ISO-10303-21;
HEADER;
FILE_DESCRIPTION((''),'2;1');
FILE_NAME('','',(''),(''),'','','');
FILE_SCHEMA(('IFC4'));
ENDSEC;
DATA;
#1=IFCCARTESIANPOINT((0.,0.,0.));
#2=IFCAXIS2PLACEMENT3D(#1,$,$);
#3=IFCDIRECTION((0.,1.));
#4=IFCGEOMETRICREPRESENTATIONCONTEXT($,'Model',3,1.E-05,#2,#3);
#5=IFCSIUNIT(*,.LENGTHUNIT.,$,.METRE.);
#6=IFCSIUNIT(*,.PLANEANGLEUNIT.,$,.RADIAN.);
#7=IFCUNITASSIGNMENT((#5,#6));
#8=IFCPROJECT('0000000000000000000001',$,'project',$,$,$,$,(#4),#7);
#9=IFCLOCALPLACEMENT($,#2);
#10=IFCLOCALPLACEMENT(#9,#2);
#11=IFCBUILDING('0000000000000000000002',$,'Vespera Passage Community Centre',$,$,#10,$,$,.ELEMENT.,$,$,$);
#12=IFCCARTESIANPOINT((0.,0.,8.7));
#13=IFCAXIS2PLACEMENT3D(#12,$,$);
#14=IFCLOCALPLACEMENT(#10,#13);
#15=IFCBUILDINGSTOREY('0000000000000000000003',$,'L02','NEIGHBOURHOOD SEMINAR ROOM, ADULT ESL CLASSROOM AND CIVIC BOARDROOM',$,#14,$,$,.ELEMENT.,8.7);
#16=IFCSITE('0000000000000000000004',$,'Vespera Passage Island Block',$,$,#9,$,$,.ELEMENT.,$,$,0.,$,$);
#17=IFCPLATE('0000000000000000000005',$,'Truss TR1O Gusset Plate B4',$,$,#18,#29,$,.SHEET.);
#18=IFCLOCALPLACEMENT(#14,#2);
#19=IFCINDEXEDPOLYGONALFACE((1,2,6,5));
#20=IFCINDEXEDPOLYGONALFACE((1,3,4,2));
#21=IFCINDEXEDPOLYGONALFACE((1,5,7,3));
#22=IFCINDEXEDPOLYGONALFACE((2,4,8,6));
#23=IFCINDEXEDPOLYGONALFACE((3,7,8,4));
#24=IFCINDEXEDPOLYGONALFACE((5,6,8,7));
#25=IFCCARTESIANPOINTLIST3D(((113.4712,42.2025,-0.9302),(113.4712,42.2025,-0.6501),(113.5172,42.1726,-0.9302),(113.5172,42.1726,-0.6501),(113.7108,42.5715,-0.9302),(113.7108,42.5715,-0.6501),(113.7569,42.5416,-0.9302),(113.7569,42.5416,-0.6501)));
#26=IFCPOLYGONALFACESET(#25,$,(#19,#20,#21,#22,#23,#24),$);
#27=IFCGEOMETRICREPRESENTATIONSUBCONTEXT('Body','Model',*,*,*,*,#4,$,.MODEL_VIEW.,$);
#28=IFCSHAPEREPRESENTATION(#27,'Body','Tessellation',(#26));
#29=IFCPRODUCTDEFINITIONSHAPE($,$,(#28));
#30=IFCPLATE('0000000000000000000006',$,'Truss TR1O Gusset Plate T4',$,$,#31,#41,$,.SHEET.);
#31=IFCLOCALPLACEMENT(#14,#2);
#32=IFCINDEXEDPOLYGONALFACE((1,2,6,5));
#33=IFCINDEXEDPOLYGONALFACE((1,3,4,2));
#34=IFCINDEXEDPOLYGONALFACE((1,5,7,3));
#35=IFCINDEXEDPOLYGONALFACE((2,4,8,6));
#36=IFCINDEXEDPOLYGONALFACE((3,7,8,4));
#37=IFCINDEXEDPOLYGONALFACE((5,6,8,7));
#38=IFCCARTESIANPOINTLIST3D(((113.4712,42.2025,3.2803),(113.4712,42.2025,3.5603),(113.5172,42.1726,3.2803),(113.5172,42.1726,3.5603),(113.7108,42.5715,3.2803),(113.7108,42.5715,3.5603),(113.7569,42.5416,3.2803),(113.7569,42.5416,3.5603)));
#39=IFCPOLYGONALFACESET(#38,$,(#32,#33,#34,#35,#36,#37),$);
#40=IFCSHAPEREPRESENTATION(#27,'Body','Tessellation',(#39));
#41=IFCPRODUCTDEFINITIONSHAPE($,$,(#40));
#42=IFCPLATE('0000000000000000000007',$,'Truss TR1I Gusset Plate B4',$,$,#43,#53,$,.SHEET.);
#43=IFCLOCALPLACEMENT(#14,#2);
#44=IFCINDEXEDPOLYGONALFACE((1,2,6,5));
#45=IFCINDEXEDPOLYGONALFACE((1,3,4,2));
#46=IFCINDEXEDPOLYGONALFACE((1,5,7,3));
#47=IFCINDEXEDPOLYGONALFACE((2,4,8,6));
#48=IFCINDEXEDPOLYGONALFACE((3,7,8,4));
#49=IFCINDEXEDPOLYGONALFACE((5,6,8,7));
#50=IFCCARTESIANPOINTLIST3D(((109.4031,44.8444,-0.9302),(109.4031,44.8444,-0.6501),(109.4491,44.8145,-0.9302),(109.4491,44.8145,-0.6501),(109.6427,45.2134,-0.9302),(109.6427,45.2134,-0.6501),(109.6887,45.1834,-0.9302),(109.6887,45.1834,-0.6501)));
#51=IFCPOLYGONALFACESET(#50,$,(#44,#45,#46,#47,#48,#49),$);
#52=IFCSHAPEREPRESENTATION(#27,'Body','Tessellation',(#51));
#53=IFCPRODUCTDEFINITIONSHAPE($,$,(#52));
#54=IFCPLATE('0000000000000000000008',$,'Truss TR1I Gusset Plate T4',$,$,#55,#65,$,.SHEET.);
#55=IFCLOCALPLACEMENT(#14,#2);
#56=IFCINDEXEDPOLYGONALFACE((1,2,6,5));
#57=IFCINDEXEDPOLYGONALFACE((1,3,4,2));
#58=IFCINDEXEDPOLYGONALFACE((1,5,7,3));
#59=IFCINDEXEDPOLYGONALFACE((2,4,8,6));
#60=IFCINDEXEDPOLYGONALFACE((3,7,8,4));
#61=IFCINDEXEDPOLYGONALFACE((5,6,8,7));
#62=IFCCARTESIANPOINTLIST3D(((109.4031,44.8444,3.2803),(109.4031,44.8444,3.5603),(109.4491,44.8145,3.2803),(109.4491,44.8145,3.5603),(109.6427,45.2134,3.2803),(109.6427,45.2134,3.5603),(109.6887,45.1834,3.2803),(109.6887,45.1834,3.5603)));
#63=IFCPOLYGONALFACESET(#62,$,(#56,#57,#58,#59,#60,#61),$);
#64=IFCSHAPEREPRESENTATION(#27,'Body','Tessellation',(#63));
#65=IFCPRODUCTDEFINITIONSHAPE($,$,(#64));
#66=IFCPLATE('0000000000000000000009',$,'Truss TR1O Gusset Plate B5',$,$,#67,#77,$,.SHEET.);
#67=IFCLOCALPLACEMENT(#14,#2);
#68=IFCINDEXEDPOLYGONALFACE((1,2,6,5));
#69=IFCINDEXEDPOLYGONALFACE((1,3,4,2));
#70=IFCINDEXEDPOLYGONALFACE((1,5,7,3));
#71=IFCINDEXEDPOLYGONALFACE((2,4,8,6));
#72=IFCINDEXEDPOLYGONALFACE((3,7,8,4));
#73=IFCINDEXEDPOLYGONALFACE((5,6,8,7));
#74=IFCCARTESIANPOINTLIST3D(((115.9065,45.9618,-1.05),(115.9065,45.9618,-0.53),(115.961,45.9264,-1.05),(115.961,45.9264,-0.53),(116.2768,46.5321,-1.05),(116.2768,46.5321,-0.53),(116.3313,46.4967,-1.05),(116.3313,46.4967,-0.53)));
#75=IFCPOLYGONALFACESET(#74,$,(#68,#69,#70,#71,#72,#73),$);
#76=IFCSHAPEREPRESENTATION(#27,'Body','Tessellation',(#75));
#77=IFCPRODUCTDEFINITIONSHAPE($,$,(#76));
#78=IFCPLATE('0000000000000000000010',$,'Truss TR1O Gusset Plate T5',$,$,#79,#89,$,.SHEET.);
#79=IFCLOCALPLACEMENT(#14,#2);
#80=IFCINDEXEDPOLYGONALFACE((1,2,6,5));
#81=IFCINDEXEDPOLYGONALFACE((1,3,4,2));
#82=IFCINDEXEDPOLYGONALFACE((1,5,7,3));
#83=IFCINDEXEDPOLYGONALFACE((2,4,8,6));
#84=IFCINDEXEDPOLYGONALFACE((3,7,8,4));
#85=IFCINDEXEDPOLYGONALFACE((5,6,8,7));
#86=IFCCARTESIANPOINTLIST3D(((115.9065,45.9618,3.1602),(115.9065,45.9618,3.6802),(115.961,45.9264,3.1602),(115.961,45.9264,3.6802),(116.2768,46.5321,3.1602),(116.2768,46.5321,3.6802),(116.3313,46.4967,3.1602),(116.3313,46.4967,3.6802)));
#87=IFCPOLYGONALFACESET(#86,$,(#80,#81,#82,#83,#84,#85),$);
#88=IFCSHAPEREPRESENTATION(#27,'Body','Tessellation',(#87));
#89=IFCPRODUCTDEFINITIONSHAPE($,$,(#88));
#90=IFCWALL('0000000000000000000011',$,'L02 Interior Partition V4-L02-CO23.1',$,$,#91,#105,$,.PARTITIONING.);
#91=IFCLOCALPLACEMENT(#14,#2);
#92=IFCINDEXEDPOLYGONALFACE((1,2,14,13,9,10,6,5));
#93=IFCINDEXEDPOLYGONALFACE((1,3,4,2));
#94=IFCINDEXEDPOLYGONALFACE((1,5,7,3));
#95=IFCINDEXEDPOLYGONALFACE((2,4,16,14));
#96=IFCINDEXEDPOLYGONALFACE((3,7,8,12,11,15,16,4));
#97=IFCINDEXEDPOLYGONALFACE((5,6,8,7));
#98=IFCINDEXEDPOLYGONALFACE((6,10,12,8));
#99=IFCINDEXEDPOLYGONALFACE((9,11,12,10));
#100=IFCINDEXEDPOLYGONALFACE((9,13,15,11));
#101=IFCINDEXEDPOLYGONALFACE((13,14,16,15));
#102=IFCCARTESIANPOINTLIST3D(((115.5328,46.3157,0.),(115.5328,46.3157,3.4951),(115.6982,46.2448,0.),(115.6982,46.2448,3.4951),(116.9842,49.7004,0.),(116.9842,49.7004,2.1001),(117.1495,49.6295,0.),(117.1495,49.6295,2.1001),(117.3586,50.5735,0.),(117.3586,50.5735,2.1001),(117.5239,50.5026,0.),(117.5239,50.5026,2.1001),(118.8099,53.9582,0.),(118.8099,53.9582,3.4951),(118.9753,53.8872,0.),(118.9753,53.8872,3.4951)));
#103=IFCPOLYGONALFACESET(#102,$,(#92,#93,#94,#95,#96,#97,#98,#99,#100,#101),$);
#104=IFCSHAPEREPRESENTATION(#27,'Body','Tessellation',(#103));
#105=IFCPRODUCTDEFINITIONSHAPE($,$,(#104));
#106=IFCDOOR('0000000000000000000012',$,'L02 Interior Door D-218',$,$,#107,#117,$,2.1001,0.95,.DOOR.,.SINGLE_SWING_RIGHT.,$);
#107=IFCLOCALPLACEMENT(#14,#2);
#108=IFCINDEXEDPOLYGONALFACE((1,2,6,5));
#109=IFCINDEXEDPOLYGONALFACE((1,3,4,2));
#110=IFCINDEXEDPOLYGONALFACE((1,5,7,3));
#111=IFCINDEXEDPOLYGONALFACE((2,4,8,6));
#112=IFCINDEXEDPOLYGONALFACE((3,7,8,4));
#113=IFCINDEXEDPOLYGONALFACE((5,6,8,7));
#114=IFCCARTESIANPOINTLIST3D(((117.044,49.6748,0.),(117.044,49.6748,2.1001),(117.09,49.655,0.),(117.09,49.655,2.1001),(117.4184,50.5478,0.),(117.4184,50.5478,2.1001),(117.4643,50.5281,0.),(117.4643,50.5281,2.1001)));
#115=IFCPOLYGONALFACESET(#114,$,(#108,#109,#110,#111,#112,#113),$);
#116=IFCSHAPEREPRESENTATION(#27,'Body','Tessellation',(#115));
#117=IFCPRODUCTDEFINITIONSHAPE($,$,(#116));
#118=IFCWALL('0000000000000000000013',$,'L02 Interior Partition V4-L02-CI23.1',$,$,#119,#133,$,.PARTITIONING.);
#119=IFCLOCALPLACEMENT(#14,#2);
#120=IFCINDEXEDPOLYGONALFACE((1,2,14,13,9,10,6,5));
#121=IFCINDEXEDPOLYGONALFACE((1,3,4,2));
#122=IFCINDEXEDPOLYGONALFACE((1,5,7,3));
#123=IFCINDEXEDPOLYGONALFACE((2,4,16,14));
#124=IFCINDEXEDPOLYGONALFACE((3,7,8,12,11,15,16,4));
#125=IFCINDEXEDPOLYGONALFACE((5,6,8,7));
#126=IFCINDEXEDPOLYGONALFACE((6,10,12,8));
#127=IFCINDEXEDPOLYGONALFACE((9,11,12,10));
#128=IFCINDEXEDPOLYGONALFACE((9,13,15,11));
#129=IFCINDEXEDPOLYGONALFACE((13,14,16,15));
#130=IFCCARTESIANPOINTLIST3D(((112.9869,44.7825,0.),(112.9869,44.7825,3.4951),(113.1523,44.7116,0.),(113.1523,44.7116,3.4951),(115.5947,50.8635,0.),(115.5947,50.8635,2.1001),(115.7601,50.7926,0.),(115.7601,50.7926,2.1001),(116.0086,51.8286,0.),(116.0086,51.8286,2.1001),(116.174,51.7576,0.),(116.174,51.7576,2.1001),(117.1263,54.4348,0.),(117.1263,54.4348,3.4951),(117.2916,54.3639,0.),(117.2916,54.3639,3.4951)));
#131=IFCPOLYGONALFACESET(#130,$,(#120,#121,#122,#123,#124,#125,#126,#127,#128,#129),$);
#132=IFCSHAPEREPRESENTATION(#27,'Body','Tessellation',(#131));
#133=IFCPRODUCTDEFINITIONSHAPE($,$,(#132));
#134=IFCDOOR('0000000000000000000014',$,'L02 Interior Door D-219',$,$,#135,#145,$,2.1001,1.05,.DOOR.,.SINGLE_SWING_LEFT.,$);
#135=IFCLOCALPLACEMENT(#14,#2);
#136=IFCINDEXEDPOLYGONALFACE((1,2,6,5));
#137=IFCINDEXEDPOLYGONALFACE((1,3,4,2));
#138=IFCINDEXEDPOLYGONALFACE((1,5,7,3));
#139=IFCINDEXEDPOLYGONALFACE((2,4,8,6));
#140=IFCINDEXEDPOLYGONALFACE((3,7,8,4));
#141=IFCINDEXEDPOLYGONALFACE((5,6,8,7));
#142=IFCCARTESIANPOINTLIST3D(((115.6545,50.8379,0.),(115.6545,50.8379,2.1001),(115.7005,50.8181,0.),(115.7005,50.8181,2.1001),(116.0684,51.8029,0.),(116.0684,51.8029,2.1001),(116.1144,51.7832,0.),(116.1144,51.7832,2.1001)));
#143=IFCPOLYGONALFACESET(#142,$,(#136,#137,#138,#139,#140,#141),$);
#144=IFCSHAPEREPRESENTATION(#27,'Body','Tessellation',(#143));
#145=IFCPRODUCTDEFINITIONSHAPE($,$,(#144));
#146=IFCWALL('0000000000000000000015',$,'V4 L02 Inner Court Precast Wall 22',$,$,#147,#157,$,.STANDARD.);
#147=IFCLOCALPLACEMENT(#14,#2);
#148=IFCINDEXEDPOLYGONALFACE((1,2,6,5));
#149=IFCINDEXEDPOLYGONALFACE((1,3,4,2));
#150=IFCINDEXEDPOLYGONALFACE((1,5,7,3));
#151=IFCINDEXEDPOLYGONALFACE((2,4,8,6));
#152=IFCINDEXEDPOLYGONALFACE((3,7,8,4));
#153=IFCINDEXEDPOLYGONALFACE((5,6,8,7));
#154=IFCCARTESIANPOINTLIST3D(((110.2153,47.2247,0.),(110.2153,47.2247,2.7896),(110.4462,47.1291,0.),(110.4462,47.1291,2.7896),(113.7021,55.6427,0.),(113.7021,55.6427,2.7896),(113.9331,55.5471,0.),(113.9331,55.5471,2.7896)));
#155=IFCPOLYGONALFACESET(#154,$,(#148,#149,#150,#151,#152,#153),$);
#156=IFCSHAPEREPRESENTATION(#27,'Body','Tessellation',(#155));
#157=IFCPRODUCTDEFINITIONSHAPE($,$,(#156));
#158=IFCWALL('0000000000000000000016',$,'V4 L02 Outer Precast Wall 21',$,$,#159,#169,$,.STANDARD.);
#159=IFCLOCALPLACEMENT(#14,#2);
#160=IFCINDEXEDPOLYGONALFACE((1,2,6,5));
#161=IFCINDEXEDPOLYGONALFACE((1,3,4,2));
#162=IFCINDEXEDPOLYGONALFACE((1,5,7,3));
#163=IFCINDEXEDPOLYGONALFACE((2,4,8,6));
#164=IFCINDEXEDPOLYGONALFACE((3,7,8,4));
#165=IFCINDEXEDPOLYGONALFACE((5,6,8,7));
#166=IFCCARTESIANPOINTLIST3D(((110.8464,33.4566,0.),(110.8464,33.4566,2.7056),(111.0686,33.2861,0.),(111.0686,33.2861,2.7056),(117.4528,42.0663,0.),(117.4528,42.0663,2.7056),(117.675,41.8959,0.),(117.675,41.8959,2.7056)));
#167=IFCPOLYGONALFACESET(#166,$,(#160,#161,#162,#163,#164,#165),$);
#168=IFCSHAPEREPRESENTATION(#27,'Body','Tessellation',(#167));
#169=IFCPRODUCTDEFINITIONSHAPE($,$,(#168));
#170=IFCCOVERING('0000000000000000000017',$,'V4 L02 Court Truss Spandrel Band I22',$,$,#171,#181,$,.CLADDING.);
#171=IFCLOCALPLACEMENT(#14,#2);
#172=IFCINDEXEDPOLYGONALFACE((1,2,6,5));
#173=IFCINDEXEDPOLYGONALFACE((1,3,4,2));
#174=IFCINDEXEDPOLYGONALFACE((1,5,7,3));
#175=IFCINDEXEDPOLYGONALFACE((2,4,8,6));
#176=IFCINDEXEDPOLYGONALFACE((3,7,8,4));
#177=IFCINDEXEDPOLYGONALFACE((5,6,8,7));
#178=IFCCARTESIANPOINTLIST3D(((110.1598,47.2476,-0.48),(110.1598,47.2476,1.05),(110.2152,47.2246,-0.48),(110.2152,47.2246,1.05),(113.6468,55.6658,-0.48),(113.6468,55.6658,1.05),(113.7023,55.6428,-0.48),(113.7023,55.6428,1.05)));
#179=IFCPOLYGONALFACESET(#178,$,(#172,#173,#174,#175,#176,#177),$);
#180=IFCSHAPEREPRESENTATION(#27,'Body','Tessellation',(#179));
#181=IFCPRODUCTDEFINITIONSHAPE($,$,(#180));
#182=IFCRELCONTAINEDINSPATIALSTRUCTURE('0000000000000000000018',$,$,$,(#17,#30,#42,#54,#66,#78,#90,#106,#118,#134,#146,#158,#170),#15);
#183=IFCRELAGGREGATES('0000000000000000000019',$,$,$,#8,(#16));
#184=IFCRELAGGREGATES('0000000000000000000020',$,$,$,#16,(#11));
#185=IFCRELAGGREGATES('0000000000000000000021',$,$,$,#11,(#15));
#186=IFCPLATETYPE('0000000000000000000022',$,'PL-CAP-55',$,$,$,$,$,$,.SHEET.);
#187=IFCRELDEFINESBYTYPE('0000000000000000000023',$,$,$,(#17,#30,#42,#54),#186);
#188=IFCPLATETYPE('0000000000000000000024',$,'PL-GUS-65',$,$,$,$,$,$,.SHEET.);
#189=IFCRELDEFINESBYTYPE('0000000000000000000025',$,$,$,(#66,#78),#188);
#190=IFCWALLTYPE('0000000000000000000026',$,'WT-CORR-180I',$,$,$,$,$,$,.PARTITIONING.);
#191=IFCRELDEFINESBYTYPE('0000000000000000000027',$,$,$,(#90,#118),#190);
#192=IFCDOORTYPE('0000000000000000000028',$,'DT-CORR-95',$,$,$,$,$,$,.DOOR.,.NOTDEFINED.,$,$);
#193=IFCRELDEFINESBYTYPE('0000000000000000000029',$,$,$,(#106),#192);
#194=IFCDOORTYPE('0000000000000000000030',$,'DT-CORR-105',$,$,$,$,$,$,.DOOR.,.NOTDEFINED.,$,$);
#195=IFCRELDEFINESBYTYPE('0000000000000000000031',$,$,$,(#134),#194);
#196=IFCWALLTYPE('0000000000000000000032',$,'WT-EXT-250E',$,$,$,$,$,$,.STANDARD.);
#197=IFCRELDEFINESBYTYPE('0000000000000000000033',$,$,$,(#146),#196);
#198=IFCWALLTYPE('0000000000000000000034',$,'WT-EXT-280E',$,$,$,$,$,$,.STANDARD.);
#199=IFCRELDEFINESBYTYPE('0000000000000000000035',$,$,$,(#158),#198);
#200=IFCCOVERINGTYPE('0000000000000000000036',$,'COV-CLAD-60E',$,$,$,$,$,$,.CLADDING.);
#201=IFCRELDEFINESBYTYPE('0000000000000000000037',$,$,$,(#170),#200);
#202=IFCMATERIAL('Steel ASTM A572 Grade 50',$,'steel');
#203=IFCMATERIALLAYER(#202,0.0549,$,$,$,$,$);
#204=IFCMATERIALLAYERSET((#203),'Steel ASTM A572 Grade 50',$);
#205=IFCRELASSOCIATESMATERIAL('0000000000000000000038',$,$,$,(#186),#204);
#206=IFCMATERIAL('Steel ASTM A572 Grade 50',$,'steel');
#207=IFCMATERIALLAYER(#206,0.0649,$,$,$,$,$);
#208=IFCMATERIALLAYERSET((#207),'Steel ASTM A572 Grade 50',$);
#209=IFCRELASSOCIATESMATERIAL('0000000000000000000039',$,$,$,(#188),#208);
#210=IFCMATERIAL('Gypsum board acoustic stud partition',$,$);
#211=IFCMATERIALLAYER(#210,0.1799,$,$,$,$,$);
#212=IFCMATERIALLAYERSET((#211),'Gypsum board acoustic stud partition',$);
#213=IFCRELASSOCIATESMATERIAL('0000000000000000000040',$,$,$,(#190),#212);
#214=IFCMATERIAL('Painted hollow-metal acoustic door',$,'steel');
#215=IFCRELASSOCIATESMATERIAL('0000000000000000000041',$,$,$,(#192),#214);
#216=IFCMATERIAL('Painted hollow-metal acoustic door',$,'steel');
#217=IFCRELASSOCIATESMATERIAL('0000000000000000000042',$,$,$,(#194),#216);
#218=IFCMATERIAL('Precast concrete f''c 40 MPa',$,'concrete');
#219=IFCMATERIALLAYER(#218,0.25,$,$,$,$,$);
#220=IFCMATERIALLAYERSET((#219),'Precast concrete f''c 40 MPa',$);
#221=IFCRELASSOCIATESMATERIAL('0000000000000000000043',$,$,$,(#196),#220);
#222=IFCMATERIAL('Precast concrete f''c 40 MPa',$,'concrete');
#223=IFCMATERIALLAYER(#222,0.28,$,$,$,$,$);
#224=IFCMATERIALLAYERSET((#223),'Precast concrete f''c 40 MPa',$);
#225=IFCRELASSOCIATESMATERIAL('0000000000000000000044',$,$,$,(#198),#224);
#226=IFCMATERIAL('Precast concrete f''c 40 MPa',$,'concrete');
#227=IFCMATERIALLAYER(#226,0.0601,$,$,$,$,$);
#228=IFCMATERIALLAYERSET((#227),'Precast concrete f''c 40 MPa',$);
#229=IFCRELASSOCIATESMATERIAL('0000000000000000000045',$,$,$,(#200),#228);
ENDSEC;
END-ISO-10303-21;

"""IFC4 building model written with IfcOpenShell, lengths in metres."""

from ifc_helpers import new_model, si_unit, direction, frame, frame_2d, origin, origin_2d, place, context, subcontext, project, spatial, rectangle, extrude, material, layer, layer_set, type_object, element, fill, save


model = new_model("IFC4")

# Units and contexts
model_context = context("Model", 3, precision=1e-05, world=origin(), true_north=direction((0.0, 1.0)))
body_context = subcontext(model_context, "Body", "Model", "MODEL_VIEW")
ifc_project = project(units=[si_unit("LENGTHUNIT", "METRE"), si_unit("PLANEANGLEUNIT", "RADIAN")], contexts=[model_context])

# Site, building, storey
site_placement = place(None, origin())
site = spatial("IfcSite", under=ifc_project, at=site_placement, Name="Vespera Passage Island Block", CompositionType="ELEMENT", RefElevation=0.0)
building_placement = place(site_placement, origin())
building = spatial("IfcBuilding", under=site, at=building_placement, Name="Vespera Passage Community Centre", CompositionType="ELEMENT")
storey_placement = place(building_placement, frame((0.0, 0.0, 8.7)))
storey = spatial("IfcBuildingStorey", under=building, at=storey_placement, Name="L02", Description="NEIGHBOURHOOD SEMINAR ROOM, ADULT ESL CLASSROOM AND CIVIC BOARDROOM", CompositionType="ELEMENT", Elevation=8.7)

# Plates
ifc_material_1 = material(Name="Steel ASTM A572 Grade 50", Category="steel")
ifc_layer_1 = layer(ifc_material_1, 0.0549)
ifc_layer_set_1 = layer_set([ifc_layer_1], Name="Steel ASTM A572 Grade 50")
plate_type_1 = type_object("IfcPlateType", Name="PL-CAP-55", PredefinedType="SHEET", material=ifc_layer_set_1)
for number, where, z_axis, x_axis, name in (
    (1, (113.614, 42.3721, -0.9302), (0.0, 0.0, 1.0), (0.544639, 0.838671, 0.0), "Truss TR1O Gusset Plate B4"),
    (2, (113.614, 42.3721, 3.2803), (0.0, 0.0, 1.0), (0.544639, 0.838671, 0.0), "Truss TR1O Gusset Plate T4"),
    (3, (109.5459, 45.0139, -0.9302), (0.0, 0.0, 1.0), (0.544639, 0.838671, 0.0), "Truss TR1I Gusset Plate B4"),
    (4, (109.5459, 45.0139, 3.2803), (0.0, 0.0, 1.0), (0.544639, 0.838671, 0.0), "Truss TR1I Gusset Plate T4"),
):
    element("IfcPlate", number, at=place(storey_placement, frame(where, z_axis=z_axis, x_axis=x_axis)), inside=storey, type_object=plate_type_1, Name=name, PredefinedType="SHEET", context=body_context, shape_type="SweptSolid", body=[
        extrude(rectangle(XDim=0.4399, YDim=0.0549, at=origin_2d()), origin(), (0.0, 0.0, 1.0), 0.28),
    ])
ifc_material_2 = material(Name="Steel ASTM A572 Grade 50", Category="steel")
ifc_layer_2 = layer(ifc_material_2, 0.0649)
ifc_layer_set_2 = layer_set([ifc_layer_2], Name="Steel ASTM A572 Grade 50")
plate_type_2 = type_object("IfcPlateType", Name="PL-GUS-65", PredefinedType="SHEET", material=ifc_layer_set_2)
for number, where, z_axis, x_axis, name in (
    (5, (116.1189, 46.2292, -1.05), (0.0, 0.0, 1.0), (0.544639, 0.838671, 0.0), "Truss TR1O Gusset Plate B5"),
    (6, (116.1189, 46.2292, 3.1602), (0.0, 0.0, 1.0), (0.544639, 0.838671, 0.0), "Truss TR1O Gusset Plate T5"),
):
    element("IfcPlate", number, at=place(storey_placement, frame(where, z_axis=z_axis, x_axis=x_axis)), inside=storey, type_object=plate_type_2, Name=name, PredefinedType="SHEET", context=body_context, shape_type="SweptSolid", body=[
        extrude(rectangle(XDim=0.6799, YDim=0.0649, at=origin_2d()), origin(), (0.0, 0.0, 1.0), 0.52),
    ])

# Walls, openings, doors
ifc_material_3 = material(Name="Gypsum board acoustic stud partition")
ifc_layer_3 = layer(ifc_material_3, 0.1799)
ifc_layer_set_3 = layer_set([ifc_layer_3], Name="Gypsum board acoustic stud partition")
wall_type_1 = type_object("IfcWallType", Name="WT-CORR-180I", PredefinedType="PARTITIONING", material=ifc_layer_set_3)
wall_1_placement = place(storey_placement, frame((115.6155, 46.2803, 0.0), z_axis=(0.0, 0.0, 1.0), x_axis=(0.394104, 0.919066, 0.0)))
wall_1 = element("IfcWall", 7, at=wall_1_placement, inside=storey, type_object=wall_type_1, Name="L02 Interior Partition V4-L02-CO23.1", PredefinedType="PARTITIONING", context=body_context, shape_type="SweptSolid", body=[
    extrude(rectangle(XDim=8.3154, YDim=0.1799, at=frame_2d((4.1577, 0.0))), origin(), (0.0, 0.0, 1.0), 3.4951),
])
opening_1_placement = place(wall_1_placement, frame((3.6826, 0.0, 0.0)))
opening_1 = element("IfcOpeningElement", 8, at=opening_1_placement, cuts=wall_1, PredefinedType="OPENING", context=body_context, shape_type="SweptSolid", body=[
    extrude(rectangle(XDim=0.95, YDim=2.1001, at=frame_2d((0.4751, 1.05))), frame((0.0, 0.0999, 0.0), z_axis=(0.0, -1.0, 0.0), x_axis=(1.0, 0.0, 0.0)), (0.0, 0.0, 1.0), 0.2),
])
ifc_material_4 = material(Name="Painted hollow-metal acoustic door", Category="steel")
door_type_1 = type_object("IfcDoorType", Name="DT-CORR-95", OperationType="NOTDEFINED", PredefinedType="DOOR", material=ifc_material_4)
door_1_placement = place(opening_1_placement, origin())
door_1 = element("IfcDoor", 9, at=door_1_placement, inside=storey, type_object=door_type_1, Name="L02 Interior Door D-218", OperationType="SINGLE_SWING_RIGHT", OverallHeight=2.1001, OverallWidth=0.95, PredefinedType="DOOR", context=body_context, shape_type="SweptSolid", body=[
    extrude(rectangle(XDim=0.95, YDim=2.1001, at=frame_2d((0.4751, 1.05))), frame((0.0, 0.0249, 0.0), z_axis=(0.0, -1.0, 0.0), x_axis=(1.0, 0.0, 0.0)), (0.0, 0.0, 1.0), 0.05),
])
fill(opening_1, door_1)
wall_2_placement = place(storey_placement, frame((113.0696, 44.7471, 0.0), z_axis=(0.0, 0.0, 1.0), x_axis=(0.394135, 0.919052, 0.0)))
wall_2 = element("IfcWall", 10, at=wall_2_placement, inside=storey, type_object=wall_type_1, Name="L02 Interior Partition V4-L02-CI23.1", PredefinedType="PARTITIONING", context=body_context, shape_type="SweptSolid", body=[
    extrude(rectangle(XDim=10.5024, YDim=0.1799, at=frame_2d((5.2512, 0.0))), origin(), (0.0, 0.0, 1.0), 3.4951),
])
opening_2_placement = place(wall_2_placement, frame((6.6167, 0.0, 0.0)))
opening_2 = element("IfcOpeningElement", 11, at=opening_2_placement, cuts=wall_2, PredefinedType="OPENING", context=body_context, shape_type="SweptSolid", body=[
    extrude(rectangle(XDim=1.05, YDim=2.1001, at=frame_2d((0.5249, 1.05))), frame((0.0, 0.0999, 0.0), z_axis=(0.0, -1.0, 0.0), x_axis=(1.0, 0.0, 0.0)), (0.0, 0.0, 1.0), 0.2),
])
ifc_material_5 = material(Name="Painted hollow-metal acoustic door", Category="steel")
door_type_2 = type_object("IfcDoorType", Name="DT-CORR-105", OperationType="NOTDEFINED", PredefinedType="DOOR", material=ifc_material_5)
door_2_placement = place(opening_2_placement, origin())
door_2 = element("IfcDoor", 12, at=door_2_placement, inside=storey, type_object=door_type_2, Name="L02 Interior Door D-219", OperationType="SINGLE_SWING_LEFT", OverallHeight=2.1001, OverallWidth=1.05, PredefinedType="DOOR", context=body_context, shape_type="SweptSolid", body=[
    extrude(rectangle(XDim=1.05, YDim=2.1001, at=frame_2d((0.5249, 1.05))), frame((0.0, 0.0249, 0.0), z_axis=(0.0, -1.0, 0.0), x_axis=(1.0, 0.0, 0.0)), (0.0, 0.0, 1.0), 0.05),
])
fill(opening_2, door_2)

# Walls
ifc_material_6 = material(Name="Precast concrete f'c 40 MPa", Category="concrete")
ifc_layer_4 = layer(ifc_material_6, 0.25)
ifc_layer_set_4 = layer_set([ifc_layer_4], Name="Precast concrete f'c 40 MPa")
wall_type_2 = type_object("IfcWallType", Name="WT-EXT-250E", PredefinedType="STANDARD", material=ifc_layer_set_4)
wall_3_placement = place(storey_placement, frame((110.3308, 47.177, 0.0), z_axis=(0.0, 0.0, 1.0), x_axis=(0.382682, 0.92388, 0.0)))
element("IfcWall", 13, at=wall_3_placement, inside=storey, type_object=wall_type_2, Name="V4 L02 Inner Court Precast Wall 22", PredefinedType="STANDARD", context=body_context, shape_type="SweptSolid", body=[
    extrude(rectangle(XDim=9.1116, YDim=0.25, at=frame_2d((4.5557, 0.0))), origin(), (0.0, 0.0, 1.0), 2.7896),
])
ifc_material_7 = material(Name="Precast concrete f'c 40 MPa", Category="concrete")
ifc_layer_5 = layer(ifc_material_7, 0.28)
ifc_layer_set_5 = layer_set([ifc_layer_5], Name="Precast concrete f'c 40 MPa")
wall_type_3 = type_object("IfcWallType", Name="WT-EXT-280E", PredefinedType="STANDARD", material=ifc_layer_set_5)
wall_4_placement = place(storey_placement, frame((117.564, 41.9812, 0.0), z_axis=(0.0, 0.0, 1.0), x_axis=(-0.608754, -0.793359, 0.0)))
element("IfcWall", 14, at=wall_4_placement, inside=storey, type_object=wall_type_3, Name="V4 L02 Outer Precast Wall 21", PredefinedType="STANDARD", context=body_context, shape_type="SweptSolid", body=[
    extrude(rectangle(XDim=10.8523, YDim=0.28, at=frame_2d((5.4263, 0.0))), origin(), (0.0, 0.0, 1.0), 2.7056),
])

# Covering
ifc_material_8 = material(Name="Precast concrete f'c 40 MPa", Category="concrete")
ifc_layer_6 = layer(ifc_material_8, 0.0601)
ifc_layer_set_6 = layer_set([ifc_layer_6], Name="Precast concrete f'c 40 MPa")
covering_type = type_object("IfcCoveringType", Name="COV-CLAD-60E", PredefinedType="CLADDING", material=ifc_layer_set_6)
covering_1_placement = place(storey_placement, frame((110.1875, 47.2361, -0.48), z_axis=(0.0, 0.0, 1.0), x_axis=(0.382695, 0.923875, 0.0)))
element("IfcCovering", 15, at=covering_1_placement, inside=storey, type_object=covering_type, Name="V4 L02 Court Truss Spandrel Band I22", PredefinedType="CLADDING", context=body_context, shape_type="SweptSolid", body=[
    extrude(rectangle(XDim=9.1118, YDim=0.0601, at=frame_2d((4.5559, 0.0))), origin(), (0.0, 0.0, 1.0), 1.53),
])

save(model, "model.ifc")
